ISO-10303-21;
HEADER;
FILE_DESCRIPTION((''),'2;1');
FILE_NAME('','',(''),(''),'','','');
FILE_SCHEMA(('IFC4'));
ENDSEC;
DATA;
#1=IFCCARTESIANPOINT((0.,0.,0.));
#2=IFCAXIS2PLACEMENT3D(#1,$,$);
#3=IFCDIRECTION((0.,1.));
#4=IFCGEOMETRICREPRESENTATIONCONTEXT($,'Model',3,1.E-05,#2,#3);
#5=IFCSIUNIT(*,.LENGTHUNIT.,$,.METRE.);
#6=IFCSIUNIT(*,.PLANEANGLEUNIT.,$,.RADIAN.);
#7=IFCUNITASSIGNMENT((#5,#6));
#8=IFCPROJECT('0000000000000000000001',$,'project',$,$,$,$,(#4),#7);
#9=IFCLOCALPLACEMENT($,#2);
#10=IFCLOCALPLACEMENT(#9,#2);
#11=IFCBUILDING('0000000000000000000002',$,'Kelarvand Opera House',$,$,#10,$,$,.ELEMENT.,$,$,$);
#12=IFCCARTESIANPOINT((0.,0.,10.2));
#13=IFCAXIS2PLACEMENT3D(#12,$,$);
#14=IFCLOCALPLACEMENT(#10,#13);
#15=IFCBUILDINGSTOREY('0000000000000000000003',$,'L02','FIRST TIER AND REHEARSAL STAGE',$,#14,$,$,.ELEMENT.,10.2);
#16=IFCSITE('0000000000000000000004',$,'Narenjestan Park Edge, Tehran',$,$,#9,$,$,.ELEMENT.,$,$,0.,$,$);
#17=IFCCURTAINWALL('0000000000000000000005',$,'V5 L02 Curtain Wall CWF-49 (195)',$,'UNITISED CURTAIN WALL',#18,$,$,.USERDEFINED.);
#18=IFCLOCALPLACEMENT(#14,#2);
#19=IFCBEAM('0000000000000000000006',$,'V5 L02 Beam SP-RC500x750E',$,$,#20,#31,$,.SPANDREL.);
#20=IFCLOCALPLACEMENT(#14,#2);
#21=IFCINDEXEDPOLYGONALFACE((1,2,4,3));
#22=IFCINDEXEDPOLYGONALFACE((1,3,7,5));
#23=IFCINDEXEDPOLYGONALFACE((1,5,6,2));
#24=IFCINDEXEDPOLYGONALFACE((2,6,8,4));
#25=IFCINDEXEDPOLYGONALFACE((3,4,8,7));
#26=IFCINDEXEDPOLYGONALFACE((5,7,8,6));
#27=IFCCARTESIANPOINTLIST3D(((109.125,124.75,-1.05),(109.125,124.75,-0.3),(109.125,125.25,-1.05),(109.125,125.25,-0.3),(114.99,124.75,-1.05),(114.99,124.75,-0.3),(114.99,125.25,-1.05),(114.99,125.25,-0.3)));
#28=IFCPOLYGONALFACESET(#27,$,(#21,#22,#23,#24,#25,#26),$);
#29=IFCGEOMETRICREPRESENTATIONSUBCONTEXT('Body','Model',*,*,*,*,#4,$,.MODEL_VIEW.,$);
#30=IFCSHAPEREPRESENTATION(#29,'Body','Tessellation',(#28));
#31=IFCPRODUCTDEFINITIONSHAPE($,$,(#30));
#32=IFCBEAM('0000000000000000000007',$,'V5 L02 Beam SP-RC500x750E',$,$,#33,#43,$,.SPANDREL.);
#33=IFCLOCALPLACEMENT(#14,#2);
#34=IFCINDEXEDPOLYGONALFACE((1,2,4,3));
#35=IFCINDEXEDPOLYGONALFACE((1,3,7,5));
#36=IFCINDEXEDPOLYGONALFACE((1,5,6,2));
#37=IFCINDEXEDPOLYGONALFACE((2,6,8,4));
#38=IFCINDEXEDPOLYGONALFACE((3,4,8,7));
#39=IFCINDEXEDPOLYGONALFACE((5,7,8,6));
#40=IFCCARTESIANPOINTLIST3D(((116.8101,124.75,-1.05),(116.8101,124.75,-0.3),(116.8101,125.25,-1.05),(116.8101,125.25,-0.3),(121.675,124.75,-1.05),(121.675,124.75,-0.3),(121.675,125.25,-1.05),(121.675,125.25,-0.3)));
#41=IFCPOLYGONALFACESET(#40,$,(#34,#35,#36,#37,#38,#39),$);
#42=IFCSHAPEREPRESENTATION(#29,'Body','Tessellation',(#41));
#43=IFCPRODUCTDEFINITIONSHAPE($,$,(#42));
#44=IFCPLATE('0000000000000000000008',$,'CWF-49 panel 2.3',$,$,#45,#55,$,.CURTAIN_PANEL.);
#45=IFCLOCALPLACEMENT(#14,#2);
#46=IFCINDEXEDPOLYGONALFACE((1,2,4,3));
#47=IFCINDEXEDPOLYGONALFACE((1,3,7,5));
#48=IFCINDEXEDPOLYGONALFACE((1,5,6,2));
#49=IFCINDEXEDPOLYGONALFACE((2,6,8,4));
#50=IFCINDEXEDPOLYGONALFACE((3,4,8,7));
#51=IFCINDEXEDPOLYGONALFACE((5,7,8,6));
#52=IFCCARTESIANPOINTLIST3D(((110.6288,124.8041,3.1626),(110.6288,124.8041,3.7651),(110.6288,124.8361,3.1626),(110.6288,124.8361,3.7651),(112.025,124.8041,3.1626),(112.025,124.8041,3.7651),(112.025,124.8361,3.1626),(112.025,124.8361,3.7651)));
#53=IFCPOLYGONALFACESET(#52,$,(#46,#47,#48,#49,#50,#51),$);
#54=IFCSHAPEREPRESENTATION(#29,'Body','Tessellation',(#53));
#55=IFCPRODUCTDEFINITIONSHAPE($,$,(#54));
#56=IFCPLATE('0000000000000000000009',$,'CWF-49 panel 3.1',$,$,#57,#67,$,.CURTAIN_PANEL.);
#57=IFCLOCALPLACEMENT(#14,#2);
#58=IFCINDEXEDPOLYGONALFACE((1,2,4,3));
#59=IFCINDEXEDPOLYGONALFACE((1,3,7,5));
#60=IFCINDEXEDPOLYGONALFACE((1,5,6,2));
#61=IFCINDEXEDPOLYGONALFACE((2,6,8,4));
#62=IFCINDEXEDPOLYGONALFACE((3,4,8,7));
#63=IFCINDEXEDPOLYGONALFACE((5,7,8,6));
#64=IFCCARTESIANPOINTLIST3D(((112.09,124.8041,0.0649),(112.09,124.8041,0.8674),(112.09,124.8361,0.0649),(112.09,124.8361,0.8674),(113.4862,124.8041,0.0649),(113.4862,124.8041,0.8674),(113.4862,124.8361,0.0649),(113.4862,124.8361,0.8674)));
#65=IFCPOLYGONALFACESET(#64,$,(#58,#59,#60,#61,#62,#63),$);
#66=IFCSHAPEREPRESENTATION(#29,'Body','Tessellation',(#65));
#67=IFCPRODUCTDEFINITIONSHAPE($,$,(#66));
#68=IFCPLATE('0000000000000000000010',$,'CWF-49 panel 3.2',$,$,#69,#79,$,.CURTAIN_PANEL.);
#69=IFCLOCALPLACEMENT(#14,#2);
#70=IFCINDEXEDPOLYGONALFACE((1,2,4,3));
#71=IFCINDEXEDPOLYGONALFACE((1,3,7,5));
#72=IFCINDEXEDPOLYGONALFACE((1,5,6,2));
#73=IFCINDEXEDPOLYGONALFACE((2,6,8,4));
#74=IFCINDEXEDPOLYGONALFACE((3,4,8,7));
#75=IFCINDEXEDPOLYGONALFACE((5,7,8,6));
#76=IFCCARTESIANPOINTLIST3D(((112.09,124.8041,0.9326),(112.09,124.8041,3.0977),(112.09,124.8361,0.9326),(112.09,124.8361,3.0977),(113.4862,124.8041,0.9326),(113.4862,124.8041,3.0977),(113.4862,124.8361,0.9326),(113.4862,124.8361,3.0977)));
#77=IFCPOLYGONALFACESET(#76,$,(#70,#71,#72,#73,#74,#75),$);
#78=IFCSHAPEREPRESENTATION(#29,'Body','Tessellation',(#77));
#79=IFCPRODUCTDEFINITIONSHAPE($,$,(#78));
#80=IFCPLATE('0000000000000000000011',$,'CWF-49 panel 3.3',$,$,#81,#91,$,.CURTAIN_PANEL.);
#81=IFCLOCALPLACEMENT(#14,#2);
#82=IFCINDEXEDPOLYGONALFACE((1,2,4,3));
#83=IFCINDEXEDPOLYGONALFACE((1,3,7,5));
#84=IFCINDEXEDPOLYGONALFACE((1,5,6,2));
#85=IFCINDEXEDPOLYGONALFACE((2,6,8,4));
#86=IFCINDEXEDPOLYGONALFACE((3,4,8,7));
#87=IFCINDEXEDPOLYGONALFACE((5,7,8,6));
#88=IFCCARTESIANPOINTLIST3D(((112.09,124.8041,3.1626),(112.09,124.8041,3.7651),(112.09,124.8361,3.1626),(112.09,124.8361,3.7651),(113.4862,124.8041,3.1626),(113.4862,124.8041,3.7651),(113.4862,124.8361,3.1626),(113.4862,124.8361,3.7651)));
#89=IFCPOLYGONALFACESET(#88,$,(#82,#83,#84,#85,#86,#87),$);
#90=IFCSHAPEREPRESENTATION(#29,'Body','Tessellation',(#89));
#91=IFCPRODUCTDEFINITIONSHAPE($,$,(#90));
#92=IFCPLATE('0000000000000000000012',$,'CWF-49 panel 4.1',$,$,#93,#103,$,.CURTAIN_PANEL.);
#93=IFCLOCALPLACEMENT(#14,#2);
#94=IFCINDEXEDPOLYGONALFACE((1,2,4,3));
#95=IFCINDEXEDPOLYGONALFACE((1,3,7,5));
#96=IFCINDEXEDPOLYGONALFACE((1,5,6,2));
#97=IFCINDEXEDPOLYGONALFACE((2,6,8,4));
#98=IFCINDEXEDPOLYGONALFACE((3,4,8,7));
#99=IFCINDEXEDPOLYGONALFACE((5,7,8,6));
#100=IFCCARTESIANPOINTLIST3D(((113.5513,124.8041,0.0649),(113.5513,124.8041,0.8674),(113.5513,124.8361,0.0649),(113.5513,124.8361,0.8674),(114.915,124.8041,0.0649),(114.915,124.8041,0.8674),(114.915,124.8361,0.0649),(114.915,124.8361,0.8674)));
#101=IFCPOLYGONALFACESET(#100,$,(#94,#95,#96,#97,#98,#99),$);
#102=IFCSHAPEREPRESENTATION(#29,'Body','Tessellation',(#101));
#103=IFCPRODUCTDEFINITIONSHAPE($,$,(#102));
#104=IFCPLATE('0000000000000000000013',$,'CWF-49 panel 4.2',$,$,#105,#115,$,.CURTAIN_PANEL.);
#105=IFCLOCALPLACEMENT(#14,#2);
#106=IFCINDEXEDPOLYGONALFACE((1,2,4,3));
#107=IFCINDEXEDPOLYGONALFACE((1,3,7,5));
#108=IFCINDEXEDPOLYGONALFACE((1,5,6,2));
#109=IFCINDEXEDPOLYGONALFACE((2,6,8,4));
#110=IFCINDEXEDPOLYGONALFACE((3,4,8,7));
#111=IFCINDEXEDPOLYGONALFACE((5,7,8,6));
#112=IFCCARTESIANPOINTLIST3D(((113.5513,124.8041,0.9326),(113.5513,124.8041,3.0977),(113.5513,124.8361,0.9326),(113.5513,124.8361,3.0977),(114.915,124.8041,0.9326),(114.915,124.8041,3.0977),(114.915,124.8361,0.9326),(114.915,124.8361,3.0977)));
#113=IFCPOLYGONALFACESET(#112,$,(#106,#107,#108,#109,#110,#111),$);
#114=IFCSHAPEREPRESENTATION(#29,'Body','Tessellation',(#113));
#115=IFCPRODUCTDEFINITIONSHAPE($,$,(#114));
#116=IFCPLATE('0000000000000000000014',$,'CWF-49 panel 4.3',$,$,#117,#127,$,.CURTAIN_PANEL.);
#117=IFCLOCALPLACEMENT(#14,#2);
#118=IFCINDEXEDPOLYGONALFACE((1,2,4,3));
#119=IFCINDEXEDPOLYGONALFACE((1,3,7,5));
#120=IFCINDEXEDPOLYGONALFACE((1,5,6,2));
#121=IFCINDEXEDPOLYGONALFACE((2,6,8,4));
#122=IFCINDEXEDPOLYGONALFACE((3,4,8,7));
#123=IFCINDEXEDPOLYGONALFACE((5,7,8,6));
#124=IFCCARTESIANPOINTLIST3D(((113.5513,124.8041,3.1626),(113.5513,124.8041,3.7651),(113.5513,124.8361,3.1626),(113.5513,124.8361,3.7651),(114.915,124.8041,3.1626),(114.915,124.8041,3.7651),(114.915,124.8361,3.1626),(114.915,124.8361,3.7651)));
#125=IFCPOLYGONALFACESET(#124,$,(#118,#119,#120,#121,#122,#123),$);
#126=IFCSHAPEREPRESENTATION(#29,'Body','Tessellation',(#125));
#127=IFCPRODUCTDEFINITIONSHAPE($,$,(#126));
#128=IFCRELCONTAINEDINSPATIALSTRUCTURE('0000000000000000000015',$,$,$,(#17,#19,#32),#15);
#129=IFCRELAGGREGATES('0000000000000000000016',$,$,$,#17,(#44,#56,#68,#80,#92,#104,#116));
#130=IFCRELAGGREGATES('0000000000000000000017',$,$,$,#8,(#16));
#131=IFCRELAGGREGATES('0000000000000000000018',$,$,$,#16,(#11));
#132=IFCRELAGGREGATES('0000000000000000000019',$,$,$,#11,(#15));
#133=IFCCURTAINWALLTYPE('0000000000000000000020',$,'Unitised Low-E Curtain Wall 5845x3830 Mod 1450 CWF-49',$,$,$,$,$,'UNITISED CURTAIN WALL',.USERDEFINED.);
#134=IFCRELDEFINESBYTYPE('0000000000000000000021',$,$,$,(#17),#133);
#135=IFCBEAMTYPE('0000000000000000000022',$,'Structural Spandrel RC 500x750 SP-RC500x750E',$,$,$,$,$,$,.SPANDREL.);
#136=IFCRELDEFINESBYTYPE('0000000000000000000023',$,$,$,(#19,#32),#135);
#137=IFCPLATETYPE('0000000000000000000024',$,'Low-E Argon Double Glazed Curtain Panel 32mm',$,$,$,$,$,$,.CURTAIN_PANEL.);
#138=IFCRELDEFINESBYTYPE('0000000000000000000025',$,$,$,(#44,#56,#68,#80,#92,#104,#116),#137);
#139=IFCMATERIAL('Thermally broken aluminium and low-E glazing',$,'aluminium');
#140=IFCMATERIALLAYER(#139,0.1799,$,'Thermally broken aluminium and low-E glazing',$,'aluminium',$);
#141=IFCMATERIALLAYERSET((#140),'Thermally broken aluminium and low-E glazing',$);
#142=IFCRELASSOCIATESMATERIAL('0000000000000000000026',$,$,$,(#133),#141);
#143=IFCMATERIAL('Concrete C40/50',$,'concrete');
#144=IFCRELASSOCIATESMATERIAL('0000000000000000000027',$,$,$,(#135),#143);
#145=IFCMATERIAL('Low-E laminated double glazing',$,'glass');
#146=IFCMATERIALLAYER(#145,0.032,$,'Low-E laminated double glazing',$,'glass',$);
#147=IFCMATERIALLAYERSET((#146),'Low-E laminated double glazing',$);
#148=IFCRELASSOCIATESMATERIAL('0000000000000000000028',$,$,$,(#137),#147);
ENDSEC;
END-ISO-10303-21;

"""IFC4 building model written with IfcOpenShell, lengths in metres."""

from ifc_helpers import new_model, si_unit, direction, frame, origin, origin_2d, place, context, subcontext, project, spatial, rectangle, extrude, material, layer, layer_set, material_profile, profile_set, type_object, element, aggregate, save


model = new_model("IFC4")

# Units and contexts
model_context = context("Model", 3, precision=1e-05, world=origin(), true_north=direction((0.0, 1.0)))
body_context = subcontext(model_context, "Body", "Model", "MODEL_VIEW")
ifc_project = project(units=[si_unit("LENGTHUNIT", "METRE"), si_unit("PLANEANGLEUNIT", "RADIAN")], contexts=[model_context])

# Site, building, storey
site_placement = place(None, origin())
site = spatial("IfcSite", under=ifc_project, at=site_placement, Name="Narenjestan Park Edge, Tehran", CompositionType="ELEMENT", RefElevation=0.0)
building_placement = place(site_placement, origin())
building = spatial("IfcBuilding", under=site, at=building_placement, Name="Kelarvand Opera House", CompositionType="ELEMENT")
storey_placement = place(building_placement, frame((0.0, 0.0, 10.2)))
storey = spatial("IfcBuildingStorey", under=building, at=storey_placement, Name="L02", Description="FIRST TIER AND REHEARSAL STAGE", CompositionType="ELEMENT", Elevation=10.2)

# Shared definitions
ifc_material_1 = material(Name="Concrete C40/50", Category="concrete")

# Curtain wall
ifc_material_2 = material(Name="Thermally broken aluminium and low-E glazing", Category="aluminium")
ifc_layer_1 = layer(ifc_material_2, 0.1799, Name="Thermally broken aluminium and low-E glazing", Category="aluminium")
ifc_layer_set_1 = layer_set([ifc_layer_1], Name="Thermally broken aluminium and low-E glazing")
curtain_wall_type = type_object("IfcCurtainWallType", Name="Unitised Low-E Curtain Wall 5845x3830 Mod 1450 CWF-49", ElementType="UNITISED CURTAIN WALL", PredefinedType="USERDEFINED", material=ifc_layer_set_1)
curtain_wall_placement = place(storey_placement, origin())
curtain_wall = element("IfcCurtainWall", 1, at=curtain_wall_placement, inside=storey, type_object=curtain_wall_type, Name="V5 L02 Curtain Wall CWF-49 (195)", ObjectType="UNITISED CURTAIN WALL", PredefinedType="USERDEFINED")

# Beams
ifc_material_profile_1 = material_profile(ifc_material_1, rectangle(XDim=0.5, YDim=0.75, at=origin_2d()), Name="RC 500x750", Category="concrete")
ifc_profile_set_1 = profile_set([ifc_material_profile_1], Name="Concrete C40/50")
beam_type = type_object("IfcBeamType", Name="Structural Spandrel RC 500x750 SP-RC500x750E", PredefinedType="SPANDREL", material=ifc_profile_set_1)
beam_1_placement = place(storey_placement, frame((109.125, 125.0, -0.675), z_axis=(1.0, 0.0, 0.0), x_axis=(0.0, 1.0, 0.0)))
element("IfcBeam", 2, at=beam_1_placement, inside=storey, type_object=beam_type, Name="V5 L02 Beam SP-RC500x750E", PredefinedType="SPANDREL", context=body_context, shape_type="SweptSolid", body=[
    extrude(rectangle(XDim=0.5, YDim=0.75, at=origin_2d()), origin(), (0.0, 0.0, 1.0), 5.865),
])
beam_2_placement = place(storey_placement, frame((116.8101, 125.0, -0.675), z_axis=(1.0, 0.0, 0.0), x_axis=(0.0, 1.0, 0.0)))
element("IfcBeam", 3, at=beam_2_placement, inside=storey, type_object=beam_type, Name="V5 L02 Beam SP-RC500x750E", PredefinedType="SPANDREL", context=body_context, shape_type="SweptSolid", body=[
    extrude(rectangle(XDim=0.5, YDim=0.75, at=origin_2d()), origin(), (0.0, 0.0, 1.0), 4.865),
])

# Plates
ifc_material_3 = material(Name="Low-E laminated double glazing", Category="glass")
ifc_layer_2 = layer(ifc_material_3, 0.032, Name="Low-E laminated double glazing", Category="glass")
ifc_layer_set_2 = layer_set([ifc_layer_2], Name="Low-E laminated double glazing")
plate_type = type_object("IfcPlateType", Name="Low-E Argon Double Glazed Curtain Panel 32mm", PredefinedType="CURTAIN_PANEL", material=ifc_layer_set_2)
plate_1_placement = place(storey_placement, frame((111.3269, 124.8201, 3.1626), z_axis=(0.0, 0.0, 1.0), x_axis=(1.0, 0.0, 0.0)))
plate_1 = element("IfcPlate", 4, at=plate_1_placement, type_object=plate_type, Name="CWF-49 panel 2.3", PredefinedType="CURTAIN_PANEL", context=body_context, shape_type="SweptSolid", body=[
    extrude(rectangle(XDim=1.3962, YDim=0.032, at=origin_2d()), origin(), (0.0, 0.0, 1.0), 0.6025),
])
plate_2_placement = place(storey_placement, frame((112.7881, 124.8201, 0.0649), z_axis=(0.0, 0.0, 1.0), x_axis=(1.0, 0.0, 0.0)))
plate_2 = element("IfcPlate", 5, at=plate_2_placement, type_object=plate_type, Name="CWF-49 panel 3.1", PredefinedType="CURTAIN_PANEL", context=body_context, shape_type="SweptSolid", body=[
    extrude(rectangle(XDim=1.3962, YDim=0.032, at=origin_2d()), origin(), (0.0, 0.0, 1.0), 0.8025),
])
plate_3_placement = place(storey_placement, frame((112.7881, 124.8201, 0.9326), z_axis=(0.0, 0.0, 1.0), x_axis=(1.0, 0.0, 0.0)))
plate_3 = element("IfcPlate", 6, at=plate_3_placement, type_object=plate_type, Name="CWF-49 panel 3.2", PredefinedType="CURTAIN_PANEL", context=body_context, shape_type="SweptSolid", body=[
    extrude(rectangle(XDim=1.3962, YDim=0.032, at=origin_2d()), origin(), (0.0, 0.0, 1.0), 2.165),
])
plate_4_placement = place(storey_placement, frame((112.7881, 124.8201, 3.1626), z_axis=(0.0, 0.0, 1.0), x_axis=(1.0, 0.0, 0.0)))
plate_4 = element("IfcPlate", 7, at=plate_4_placement, type_object=plate_type, Name="CWF-49 panel 3.3", PredefinedType="CURTAIN_PANEL", context=body_context, shape_type="SweptSolid", body=[
    extrude(rectangle(XDim=1.3962, YDim=0.032, at=origin_2d()), origin(), (0.0, 0.0, 1.0), 0.6025),
])
plate_5_placement = place(storey_placement, frame((114.2332, 124.8201, 0.0649), z_axis=(0.0, 0.0, 1.0), x_axis=(1.0, 0.0, 0.0)))
plate_5 = element("IfcPlate", 8, at=plate_5_placement, type_object=plate_type, Name="CWF-49 panel 4.1", PredefinedType="CURTAIN_PANEL", context=body_context, shape_type="SweptSolid", body=[
    extrude(rectangle(XDim=1.3638, YDim=0.032, at=origin_2d()), origin(), (0.0, 0.0, 1.0), 0.8025),
])
plate_6_placement = place(storey_placement, frame((114.2332, 124.8201, 0.9326), z_axis=(0.0, 0.0, 1.0), x_axis=(1.0, 0.0, 0.0)))
plate_6 = element("IfcPlate", 9, at=plate_6_placement, type_object=plate_type, Name="CWF-49 panel 4.2", PredefinedType="CURTAIN_PANEL", context=body_context, shape_type="SweptSolid", body=[
    extrude(rectangle(XDim=1.3638, YDim=0.032, at=origin_2d()), origin(), (0.0, 0.0, 1.0), 2.165),
])
plate_7_placement = place(storey_placement, frame((114.2332, 124.8201, 3.1626), z_axis=(0.0, 0.0, 1.0), x_axis=(1.0, 0.0, 0.0)))
plate_7 = element("IfcPlate", 10, at=plate_7_placement, type_object=plate_type, Name="CWF-49 panel 4.3", PredefinedType="CURTAIN_PANEL", context=body_context, shape_type="SweptSolid", body=[
    extrude(rectangle(XDim=1.3638, YDim=0.032, at=origin_2d()), origin(), (0.0, 0.0, 1.0), 0.6025),
])
aggregate(curtain_wall, [plate_1, plate_2, plate_3, plate_4, plate_5, plate_6, plate_7])

save(model, "model.ifc")
